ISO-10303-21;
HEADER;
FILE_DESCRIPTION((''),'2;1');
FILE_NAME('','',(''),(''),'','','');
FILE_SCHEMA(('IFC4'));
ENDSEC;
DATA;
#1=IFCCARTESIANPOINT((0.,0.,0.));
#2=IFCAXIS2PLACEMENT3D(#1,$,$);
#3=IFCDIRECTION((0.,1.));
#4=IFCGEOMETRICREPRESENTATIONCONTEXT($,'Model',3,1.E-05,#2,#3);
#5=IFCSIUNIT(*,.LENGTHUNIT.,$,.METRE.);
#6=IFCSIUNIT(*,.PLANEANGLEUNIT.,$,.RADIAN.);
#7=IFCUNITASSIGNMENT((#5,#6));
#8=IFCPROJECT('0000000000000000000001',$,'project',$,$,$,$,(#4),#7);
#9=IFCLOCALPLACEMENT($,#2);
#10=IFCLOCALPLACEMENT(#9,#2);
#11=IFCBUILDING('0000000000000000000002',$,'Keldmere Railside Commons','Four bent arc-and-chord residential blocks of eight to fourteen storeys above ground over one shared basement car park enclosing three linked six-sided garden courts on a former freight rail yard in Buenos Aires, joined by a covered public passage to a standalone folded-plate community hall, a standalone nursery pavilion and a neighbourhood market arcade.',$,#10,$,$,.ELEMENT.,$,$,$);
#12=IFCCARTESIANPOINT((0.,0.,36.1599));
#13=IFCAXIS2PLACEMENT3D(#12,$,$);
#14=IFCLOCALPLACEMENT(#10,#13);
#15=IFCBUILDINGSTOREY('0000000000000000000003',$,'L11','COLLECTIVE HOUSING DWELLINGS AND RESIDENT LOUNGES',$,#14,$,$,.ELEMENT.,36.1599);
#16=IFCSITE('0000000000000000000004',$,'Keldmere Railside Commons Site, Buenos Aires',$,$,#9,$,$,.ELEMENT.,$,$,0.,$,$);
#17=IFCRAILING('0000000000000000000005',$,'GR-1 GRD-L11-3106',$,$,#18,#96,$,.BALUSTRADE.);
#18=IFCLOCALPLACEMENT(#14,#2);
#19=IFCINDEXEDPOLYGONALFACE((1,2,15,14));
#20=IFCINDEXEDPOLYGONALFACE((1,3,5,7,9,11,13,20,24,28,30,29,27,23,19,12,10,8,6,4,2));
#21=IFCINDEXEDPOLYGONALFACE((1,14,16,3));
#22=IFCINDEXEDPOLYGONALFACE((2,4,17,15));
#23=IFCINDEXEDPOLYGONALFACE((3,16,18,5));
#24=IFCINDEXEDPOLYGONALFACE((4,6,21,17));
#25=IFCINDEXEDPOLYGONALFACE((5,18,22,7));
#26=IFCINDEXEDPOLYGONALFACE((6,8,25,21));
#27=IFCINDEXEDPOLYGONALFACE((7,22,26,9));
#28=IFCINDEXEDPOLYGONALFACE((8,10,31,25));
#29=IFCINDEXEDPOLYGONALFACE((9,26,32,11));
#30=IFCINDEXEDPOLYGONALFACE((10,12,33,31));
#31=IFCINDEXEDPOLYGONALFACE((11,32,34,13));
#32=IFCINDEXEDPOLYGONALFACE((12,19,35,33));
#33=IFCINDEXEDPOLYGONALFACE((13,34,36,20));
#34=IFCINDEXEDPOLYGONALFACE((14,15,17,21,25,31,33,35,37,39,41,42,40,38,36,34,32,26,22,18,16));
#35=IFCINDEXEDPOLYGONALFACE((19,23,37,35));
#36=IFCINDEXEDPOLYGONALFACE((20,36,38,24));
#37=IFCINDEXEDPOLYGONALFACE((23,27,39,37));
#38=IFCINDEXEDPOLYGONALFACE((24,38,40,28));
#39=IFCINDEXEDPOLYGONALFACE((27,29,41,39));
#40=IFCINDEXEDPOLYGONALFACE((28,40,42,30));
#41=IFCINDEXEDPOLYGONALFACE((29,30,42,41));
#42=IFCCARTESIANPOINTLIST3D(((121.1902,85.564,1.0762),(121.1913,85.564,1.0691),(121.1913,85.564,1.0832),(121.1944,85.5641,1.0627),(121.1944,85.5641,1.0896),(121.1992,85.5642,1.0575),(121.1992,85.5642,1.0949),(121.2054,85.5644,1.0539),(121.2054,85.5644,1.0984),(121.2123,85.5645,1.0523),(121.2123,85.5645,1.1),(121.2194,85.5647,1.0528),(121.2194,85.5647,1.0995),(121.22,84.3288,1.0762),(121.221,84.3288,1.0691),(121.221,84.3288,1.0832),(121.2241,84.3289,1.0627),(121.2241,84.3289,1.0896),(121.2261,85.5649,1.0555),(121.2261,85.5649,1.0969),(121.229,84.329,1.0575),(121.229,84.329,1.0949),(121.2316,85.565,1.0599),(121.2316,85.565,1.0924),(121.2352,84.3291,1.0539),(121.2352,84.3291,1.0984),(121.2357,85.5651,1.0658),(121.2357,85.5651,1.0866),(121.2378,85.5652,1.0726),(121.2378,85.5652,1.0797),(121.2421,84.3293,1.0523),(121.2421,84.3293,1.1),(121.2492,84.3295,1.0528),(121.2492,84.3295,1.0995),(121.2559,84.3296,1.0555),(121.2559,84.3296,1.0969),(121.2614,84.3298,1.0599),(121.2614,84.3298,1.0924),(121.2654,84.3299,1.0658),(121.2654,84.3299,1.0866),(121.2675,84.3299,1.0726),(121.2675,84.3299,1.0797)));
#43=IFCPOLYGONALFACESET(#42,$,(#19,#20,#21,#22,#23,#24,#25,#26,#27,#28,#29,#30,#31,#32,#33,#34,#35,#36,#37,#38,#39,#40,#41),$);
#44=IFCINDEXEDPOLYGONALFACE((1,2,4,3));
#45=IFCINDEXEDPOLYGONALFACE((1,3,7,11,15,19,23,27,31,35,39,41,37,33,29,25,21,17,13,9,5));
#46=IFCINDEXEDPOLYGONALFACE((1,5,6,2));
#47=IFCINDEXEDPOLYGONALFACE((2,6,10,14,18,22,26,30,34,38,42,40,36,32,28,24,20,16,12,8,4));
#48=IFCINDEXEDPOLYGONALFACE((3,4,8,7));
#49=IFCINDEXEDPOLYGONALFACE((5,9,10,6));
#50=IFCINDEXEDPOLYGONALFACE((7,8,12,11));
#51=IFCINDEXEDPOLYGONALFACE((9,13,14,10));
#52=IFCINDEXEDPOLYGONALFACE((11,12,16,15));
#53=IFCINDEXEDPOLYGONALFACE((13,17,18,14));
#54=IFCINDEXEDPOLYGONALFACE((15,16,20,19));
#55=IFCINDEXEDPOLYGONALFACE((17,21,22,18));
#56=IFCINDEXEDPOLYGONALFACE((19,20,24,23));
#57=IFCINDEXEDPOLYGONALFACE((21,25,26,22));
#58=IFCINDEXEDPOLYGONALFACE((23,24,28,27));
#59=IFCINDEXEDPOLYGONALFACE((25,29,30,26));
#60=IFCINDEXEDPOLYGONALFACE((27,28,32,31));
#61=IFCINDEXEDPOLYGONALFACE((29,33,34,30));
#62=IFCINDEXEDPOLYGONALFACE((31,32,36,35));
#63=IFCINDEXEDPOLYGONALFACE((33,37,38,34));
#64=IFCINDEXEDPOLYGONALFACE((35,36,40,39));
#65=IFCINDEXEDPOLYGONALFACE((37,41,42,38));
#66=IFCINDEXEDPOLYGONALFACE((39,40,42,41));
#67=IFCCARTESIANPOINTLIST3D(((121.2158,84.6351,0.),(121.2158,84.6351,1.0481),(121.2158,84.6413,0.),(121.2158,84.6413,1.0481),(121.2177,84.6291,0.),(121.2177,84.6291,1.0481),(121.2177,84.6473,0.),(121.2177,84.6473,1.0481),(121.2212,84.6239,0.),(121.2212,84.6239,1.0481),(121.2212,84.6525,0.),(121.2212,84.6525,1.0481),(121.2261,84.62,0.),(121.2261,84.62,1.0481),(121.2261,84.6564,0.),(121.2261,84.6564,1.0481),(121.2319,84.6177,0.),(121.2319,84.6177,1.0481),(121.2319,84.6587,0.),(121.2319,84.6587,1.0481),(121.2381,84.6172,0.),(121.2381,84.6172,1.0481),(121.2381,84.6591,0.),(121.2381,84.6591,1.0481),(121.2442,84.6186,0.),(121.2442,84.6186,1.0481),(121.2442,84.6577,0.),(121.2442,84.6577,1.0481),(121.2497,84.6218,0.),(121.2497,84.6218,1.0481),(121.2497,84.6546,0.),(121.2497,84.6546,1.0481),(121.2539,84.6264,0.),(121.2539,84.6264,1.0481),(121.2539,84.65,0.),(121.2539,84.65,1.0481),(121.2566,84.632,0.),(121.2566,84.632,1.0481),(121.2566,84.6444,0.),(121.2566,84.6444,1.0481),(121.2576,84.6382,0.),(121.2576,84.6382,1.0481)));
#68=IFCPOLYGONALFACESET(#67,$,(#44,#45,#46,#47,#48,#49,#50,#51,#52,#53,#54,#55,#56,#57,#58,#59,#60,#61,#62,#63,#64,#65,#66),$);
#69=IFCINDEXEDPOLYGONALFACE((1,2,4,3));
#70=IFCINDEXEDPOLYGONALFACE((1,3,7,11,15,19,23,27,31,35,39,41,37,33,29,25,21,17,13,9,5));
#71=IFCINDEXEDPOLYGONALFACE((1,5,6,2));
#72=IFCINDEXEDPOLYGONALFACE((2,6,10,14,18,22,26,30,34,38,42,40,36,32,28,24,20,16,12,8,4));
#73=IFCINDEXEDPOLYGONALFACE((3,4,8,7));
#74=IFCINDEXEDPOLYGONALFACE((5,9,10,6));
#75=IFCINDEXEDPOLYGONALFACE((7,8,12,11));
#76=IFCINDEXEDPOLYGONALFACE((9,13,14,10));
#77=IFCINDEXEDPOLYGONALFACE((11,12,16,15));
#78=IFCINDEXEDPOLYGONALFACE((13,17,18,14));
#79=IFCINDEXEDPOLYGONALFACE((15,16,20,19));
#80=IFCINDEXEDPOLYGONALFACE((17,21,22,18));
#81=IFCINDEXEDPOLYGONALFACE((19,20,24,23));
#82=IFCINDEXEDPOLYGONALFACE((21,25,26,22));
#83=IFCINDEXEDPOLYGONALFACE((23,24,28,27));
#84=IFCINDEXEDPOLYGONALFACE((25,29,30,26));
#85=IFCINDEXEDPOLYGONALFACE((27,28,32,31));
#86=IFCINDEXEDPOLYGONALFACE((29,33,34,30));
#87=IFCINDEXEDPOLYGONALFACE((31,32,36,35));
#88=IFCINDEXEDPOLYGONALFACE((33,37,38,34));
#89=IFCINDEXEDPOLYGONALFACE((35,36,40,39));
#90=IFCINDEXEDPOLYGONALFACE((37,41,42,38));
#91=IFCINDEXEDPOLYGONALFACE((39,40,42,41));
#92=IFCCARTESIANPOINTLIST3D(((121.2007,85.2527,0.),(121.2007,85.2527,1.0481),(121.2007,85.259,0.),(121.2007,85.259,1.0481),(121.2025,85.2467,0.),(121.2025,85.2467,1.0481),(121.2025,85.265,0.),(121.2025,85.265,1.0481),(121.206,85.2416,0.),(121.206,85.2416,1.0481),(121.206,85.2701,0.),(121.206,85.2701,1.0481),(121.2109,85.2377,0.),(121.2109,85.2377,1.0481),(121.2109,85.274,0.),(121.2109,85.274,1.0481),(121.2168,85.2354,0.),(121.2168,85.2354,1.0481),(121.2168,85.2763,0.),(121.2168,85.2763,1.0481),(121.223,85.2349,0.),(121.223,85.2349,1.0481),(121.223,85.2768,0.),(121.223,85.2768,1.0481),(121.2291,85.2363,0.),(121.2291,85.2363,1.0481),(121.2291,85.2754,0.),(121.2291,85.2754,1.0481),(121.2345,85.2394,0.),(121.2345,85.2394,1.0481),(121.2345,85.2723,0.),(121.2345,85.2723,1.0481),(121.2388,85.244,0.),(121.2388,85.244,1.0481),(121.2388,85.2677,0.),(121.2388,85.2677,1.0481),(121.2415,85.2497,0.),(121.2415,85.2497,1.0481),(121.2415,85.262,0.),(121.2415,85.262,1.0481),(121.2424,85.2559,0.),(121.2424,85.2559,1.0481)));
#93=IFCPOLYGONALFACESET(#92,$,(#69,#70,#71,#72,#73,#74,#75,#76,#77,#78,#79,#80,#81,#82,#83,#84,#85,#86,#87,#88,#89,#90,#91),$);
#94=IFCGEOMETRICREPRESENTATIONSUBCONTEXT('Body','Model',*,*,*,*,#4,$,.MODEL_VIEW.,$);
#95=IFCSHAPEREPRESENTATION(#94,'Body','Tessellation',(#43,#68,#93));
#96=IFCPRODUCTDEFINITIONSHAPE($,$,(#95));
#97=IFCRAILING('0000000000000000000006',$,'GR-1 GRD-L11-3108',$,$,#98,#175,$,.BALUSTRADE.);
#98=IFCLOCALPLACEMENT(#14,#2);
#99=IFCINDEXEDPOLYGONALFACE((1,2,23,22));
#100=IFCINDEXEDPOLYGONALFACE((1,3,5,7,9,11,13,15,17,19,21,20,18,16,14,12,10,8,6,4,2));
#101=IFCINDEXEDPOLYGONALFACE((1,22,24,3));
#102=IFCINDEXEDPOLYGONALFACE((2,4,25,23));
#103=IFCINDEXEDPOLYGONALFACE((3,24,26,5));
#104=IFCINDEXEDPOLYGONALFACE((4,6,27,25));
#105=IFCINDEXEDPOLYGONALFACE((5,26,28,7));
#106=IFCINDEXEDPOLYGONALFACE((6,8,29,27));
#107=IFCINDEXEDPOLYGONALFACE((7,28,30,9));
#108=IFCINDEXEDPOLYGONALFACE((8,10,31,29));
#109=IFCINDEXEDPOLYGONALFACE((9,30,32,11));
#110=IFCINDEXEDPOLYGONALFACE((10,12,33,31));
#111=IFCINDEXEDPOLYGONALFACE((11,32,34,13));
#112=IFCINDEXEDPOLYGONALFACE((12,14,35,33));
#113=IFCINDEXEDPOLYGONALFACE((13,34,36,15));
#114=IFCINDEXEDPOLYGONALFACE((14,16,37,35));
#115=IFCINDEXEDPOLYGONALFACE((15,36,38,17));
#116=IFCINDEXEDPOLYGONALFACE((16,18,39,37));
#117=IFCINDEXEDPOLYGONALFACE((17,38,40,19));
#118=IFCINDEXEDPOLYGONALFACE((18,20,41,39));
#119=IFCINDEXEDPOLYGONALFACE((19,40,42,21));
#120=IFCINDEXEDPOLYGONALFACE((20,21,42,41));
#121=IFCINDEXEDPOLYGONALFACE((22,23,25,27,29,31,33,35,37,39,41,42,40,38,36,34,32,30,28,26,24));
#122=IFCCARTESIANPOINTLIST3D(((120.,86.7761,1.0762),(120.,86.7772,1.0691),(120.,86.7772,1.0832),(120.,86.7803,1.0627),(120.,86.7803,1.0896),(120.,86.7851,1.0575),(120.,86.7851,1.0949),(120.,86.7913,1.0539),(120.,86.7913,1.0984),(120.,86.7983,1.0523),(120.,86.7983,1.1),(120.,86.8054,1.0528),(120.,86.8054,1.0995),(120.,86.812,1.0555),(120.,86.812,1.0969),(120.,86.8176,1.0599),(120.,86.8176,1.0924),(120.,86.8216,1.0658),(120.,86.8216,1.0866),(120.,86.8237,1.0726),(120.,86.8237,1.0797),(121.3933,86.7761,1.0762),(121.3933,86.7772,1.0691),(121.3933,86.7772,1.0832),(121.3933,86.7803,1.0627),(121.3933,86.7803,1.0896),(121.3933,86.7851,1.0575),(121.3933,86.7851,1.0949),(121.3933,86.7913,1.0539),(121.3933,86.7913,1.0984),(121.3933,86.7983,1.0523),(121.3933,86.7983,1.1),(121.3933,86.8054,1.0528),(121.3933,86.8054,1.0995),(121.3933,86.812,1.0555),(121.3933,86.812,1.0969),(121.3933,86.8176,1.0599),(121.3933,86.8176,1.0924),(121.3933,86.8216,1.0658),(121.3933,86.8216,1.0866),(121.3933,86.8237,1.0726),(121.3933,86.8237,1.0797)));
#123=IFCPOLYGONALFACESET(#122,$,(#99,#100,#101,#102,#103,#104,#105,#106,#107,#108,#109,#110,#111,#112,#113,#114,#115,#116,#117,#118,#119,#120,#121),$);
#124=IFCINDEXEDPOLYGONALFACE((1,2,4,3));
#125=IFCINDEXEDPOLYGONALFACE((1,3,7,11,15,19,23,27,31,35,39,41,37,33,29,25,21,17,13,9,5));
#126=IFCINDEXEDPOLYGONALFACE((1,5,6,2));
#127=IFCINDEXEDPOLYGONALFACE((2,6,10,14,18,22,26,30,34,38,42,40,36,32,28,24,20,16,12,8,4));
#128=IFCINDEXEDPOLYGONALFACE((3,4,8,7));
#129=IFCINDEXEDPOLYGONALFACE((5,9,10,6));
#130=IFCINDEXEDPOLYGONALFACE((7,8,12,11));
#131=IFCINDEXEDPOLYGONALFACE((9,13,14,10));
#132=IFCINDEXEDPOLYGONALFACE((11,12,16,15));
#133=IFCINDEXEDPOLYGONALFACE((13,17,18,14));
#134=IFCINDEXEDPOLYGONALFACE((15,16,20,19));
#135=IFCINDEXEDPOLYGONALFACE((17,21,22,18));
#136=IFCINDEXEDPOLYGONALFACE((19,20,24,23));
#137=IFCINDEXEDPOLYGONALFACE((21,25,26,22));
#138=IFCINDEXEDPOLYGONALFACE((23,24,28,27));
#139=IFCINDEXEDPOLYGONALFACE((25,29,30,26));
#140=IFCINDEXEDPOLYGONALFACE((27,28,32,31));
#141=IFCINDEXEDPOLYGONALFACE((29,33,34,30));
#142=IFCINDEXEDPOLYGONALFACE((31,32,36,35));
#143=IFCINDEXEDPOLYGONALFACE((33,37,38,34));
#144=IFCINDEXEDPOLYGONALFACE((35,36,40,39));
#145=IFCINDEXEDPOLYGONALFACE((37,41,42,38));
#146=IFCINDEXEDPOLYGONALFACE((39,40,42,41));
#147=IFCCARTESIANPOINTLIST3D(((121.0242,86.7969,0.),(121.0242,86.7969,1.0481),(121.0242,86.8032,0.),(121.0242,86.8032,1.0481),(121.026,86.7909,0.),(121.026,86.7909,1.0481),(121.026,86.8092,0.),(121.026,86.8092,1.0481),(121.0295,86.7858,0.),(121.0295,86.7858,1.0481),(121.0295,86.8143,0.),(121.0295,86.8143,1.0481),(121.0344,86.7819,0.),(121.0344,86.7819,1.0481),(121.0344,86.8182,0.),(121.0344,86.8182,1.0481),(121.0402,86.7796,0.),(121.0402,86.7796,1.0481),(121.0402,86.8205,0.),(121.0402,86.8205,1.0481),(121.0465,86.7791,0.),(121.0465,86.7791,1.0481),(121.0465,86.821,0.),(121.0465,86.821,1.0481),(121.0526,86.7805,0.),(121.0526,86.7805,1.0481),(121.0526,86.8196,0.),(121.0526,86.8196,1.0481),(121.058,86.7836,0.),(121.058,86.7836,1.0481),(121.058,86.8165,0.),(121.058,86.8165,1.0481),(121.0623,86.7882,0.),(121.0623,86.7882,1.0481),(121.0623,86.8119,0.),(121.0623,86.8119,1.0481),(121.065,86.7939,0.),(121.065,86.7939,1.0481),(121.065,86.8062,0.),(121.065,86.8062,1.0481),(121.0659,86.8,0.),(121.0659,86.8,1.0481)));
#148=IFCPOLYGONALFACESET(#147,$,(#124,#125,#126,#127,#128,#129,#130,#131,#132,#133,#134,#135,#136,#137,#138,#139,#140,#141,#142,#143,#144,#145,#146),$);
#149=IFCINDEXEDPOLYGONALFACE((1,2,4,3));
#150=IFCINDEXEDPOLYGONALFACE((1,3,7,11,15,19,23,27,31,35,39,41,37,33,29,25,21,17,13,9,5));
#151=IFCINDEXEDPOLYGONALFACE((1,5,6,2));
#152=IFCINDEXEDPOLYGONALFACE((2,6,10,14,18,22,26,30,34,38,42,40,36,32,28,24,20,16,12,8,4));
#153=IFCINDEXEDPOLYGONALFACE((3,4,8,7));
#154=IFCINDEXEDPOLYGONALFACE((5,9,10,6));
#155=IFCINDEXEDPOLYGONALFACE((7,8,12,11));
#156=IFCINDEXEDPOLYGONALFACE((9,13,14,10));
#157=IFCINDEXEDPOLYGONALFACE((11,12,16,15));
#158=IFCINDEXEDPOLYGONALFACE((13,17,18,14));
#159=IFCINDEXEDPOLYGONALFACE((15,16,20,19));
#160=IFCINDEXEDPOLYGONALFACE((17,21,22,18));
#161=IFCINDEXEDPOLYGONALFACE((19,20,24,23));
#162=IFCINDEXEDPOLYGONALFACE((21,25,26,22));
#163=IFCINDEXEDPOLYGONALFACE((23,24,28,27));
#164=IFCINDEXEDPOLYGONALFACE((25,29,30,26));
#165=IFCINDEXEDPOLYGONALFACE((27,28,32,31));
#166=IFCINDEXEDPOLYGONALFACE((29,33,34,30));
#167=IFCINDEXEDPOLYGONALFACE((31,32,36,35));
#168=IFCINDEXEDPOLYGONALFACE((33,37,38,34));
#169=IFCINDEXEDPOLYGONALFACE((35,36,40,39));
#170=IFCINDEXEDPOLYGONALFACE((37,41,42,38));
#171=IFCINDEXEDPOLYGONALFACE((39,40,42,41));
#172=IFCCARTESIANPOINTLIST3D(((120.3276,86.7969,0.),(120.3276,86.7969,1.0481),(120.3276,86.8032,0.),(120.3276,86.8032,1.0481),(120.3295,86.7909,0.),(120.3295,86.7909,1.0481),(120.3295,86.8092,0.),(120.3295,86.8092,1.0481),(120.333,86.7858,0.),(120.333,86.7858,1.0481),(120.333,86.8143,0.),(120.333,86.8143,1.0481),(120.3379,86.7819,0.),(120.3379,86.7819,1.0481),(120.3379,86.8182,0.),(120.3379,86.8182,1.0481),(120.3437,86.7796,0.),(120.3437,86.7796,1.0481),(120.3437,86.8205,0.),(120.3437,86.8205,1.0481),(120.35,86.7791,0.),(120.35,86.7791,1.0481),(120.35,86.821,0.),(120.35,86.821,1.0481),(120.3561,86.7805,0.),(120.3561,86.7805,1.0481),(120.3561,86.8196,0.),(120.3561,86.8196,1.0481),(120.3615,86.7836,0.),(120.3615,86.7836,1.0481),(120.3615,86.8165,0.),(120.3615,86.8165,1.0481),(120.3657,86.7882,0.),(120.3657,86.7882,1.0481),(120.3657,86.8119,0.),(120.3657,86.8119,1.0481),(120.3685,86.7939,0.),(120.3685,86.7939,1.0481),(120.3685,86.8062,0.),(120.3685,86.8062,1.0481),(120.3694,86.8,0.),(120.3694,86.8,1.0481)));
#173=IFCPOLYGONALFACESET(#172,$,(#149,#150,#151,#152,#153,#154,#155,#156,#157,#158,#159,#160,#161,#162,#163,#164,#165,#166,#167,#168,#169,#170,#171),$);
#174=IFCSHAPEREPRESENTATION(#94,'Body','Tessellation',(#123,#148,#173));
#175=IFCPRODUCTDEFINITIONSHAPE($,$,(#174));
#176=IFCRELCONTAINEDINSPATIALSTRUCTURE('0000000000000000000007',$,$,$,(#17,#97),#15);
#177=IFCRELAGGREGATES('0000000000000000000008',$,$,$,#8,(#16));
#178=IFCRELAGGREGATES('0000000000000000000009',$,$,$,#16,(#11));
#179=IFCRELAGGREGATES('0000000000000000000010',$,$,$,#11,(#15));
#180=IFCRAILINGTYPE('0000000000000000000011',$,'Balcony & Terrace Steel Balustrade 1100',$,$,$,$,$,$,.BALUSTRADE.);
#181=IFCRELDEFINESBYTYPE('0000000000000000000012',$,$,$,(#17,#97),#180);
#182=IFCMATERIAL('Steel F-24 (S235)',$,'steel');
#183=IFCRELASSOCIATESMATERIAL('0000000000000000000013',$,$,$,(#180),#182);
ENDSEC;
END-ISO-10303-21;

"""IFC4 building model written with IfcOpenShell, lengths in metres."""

from ifc_helpers import new_model, si_unit, direction, frame, origin, origin_2d, place, context, subcontext, project, spatial, circle, extrude, material, type_object, element, save


model = new_model("IFC4")

# Units and contexts
model_context = context("Model", 3, precision=1e-05, world=origin(), true_north=direction((0.0, 1.0)))
body_context = subcontext(model_context, "Body", "Model", "MODEL_VIEW")
ifc_project = project(units=[si_unit("LENGTHUNIT", "METRE"), si_unit("PLANEANGLEUNIT", "RADIAN")], contexts=[model_context])

# Site, building, storey
site_placement = place(None, origin())
site = spatial("IfcSite", under=ifc_project, at=site_placement, Name="Keldmere Railside Commons Site, Buenos Aires", CompositionType="ELEMENT", RefElevation=0.0)
building_placement = place(site_placement, origin())
building = spatial("IfcBuilding", under=site, at=building_placement, Name="Keldmere Railside Commons", Description="Four bent arc-and-chord residential blocks of eight to fourteen storeys above ground over one shared basement car park enclosing three linked six-sided garden courts on a former freight rail yard in Buenos Aires, joined by a covered public passage to a standalone folded-plate community hall, a standalone nursery pavilion and a neighbourhood market arcade.", CompositionType="ELEMENT")
storey_placement = place(building_placement, frame((0.0, 0.0, 36.1599)))
storey = spatial("IfcBuildingStorey", under=building, at=storey_placement, Name="L11", Description="COLLECTIVE HOUSING DWELLINGS AND RESIDENT LOUNGES", CompositionType="ELEMENT", Elevation=36.1599)

# Railings
ifc_material_1 = material(Name="Steel F-24 (S235)", Category="steel")
railing_type = type_object("IfcRailingType", Name="Balcony & Terrace Steel Balustrade 1100", PredefinedType="BALUSTRADE", material=ifc_material_1)
railing_1_placement = place(storey_placement, frame((121.2439, 84.3293, 0.0)))
element("IfcRailing", 1, at=railing_1_placement, inside=storey, type_object=railing_type, Name="GR-1 GRD-L11-3106", PredefinedType="BALUSTRADE", context=body_context, shape_type="SweptSolid", body=[
    extrude(circle(Radius=0.0239, at=origin_2d()), frame((0.0, 0.0, 1.0762), z_axis=(-0.024104, 0.999709, 0.0), x_axis=(-0.999709, -0.024104, 0.0)), (0.0, 0.0, 1.0), 1.2356),
    extrude(circle(Radius=0.021, at=origin_2d()), frame((-0.0073, 0.3088, 0.0)), (0.0, 0.0, 1.0), 1.0481),
    extrude(circle(Radius=0.021, at=origin_2d()), frame((-0.0225, 0.9265, 0.0)), (0.0, 0.0, 1.0), 1.0481),
])
railing_2_placement = place(storey_placement, frame((121.3933, 86.8, 0.0)))
element("IfcRailing", 2, at=railing_2_placement, inside=storey, type_object=railing_type, Name="GR-1 GRD-L11-3108", PredefinedType="BALUSTRADE", context=body_context, shape_type="SweptSolid", body=[
    extrude(circle(Radius=0.0239, at=origin_2d()), frame((0.0, 0.0, 1.0762), z_axis=(-1.0, 0.0, 0.0), x_axis=(0.0, -1.0, 0.0)), (0.0, 0.0, 1.0), 1.3933),
    extrude(circle(Radius=0.021, at=origin_2d()), frame((-0.3484, 0.0, 0.0)), (0.0, 0.0, 1.0), 1.0481),
    extrude(circle(Radius=0.021, at=origin_2d()), frame((-1.0449, 0.0, 0.0)), (0.0, 0.0, 1.0), 1.0481),
])

save(model, "model.ifc")
